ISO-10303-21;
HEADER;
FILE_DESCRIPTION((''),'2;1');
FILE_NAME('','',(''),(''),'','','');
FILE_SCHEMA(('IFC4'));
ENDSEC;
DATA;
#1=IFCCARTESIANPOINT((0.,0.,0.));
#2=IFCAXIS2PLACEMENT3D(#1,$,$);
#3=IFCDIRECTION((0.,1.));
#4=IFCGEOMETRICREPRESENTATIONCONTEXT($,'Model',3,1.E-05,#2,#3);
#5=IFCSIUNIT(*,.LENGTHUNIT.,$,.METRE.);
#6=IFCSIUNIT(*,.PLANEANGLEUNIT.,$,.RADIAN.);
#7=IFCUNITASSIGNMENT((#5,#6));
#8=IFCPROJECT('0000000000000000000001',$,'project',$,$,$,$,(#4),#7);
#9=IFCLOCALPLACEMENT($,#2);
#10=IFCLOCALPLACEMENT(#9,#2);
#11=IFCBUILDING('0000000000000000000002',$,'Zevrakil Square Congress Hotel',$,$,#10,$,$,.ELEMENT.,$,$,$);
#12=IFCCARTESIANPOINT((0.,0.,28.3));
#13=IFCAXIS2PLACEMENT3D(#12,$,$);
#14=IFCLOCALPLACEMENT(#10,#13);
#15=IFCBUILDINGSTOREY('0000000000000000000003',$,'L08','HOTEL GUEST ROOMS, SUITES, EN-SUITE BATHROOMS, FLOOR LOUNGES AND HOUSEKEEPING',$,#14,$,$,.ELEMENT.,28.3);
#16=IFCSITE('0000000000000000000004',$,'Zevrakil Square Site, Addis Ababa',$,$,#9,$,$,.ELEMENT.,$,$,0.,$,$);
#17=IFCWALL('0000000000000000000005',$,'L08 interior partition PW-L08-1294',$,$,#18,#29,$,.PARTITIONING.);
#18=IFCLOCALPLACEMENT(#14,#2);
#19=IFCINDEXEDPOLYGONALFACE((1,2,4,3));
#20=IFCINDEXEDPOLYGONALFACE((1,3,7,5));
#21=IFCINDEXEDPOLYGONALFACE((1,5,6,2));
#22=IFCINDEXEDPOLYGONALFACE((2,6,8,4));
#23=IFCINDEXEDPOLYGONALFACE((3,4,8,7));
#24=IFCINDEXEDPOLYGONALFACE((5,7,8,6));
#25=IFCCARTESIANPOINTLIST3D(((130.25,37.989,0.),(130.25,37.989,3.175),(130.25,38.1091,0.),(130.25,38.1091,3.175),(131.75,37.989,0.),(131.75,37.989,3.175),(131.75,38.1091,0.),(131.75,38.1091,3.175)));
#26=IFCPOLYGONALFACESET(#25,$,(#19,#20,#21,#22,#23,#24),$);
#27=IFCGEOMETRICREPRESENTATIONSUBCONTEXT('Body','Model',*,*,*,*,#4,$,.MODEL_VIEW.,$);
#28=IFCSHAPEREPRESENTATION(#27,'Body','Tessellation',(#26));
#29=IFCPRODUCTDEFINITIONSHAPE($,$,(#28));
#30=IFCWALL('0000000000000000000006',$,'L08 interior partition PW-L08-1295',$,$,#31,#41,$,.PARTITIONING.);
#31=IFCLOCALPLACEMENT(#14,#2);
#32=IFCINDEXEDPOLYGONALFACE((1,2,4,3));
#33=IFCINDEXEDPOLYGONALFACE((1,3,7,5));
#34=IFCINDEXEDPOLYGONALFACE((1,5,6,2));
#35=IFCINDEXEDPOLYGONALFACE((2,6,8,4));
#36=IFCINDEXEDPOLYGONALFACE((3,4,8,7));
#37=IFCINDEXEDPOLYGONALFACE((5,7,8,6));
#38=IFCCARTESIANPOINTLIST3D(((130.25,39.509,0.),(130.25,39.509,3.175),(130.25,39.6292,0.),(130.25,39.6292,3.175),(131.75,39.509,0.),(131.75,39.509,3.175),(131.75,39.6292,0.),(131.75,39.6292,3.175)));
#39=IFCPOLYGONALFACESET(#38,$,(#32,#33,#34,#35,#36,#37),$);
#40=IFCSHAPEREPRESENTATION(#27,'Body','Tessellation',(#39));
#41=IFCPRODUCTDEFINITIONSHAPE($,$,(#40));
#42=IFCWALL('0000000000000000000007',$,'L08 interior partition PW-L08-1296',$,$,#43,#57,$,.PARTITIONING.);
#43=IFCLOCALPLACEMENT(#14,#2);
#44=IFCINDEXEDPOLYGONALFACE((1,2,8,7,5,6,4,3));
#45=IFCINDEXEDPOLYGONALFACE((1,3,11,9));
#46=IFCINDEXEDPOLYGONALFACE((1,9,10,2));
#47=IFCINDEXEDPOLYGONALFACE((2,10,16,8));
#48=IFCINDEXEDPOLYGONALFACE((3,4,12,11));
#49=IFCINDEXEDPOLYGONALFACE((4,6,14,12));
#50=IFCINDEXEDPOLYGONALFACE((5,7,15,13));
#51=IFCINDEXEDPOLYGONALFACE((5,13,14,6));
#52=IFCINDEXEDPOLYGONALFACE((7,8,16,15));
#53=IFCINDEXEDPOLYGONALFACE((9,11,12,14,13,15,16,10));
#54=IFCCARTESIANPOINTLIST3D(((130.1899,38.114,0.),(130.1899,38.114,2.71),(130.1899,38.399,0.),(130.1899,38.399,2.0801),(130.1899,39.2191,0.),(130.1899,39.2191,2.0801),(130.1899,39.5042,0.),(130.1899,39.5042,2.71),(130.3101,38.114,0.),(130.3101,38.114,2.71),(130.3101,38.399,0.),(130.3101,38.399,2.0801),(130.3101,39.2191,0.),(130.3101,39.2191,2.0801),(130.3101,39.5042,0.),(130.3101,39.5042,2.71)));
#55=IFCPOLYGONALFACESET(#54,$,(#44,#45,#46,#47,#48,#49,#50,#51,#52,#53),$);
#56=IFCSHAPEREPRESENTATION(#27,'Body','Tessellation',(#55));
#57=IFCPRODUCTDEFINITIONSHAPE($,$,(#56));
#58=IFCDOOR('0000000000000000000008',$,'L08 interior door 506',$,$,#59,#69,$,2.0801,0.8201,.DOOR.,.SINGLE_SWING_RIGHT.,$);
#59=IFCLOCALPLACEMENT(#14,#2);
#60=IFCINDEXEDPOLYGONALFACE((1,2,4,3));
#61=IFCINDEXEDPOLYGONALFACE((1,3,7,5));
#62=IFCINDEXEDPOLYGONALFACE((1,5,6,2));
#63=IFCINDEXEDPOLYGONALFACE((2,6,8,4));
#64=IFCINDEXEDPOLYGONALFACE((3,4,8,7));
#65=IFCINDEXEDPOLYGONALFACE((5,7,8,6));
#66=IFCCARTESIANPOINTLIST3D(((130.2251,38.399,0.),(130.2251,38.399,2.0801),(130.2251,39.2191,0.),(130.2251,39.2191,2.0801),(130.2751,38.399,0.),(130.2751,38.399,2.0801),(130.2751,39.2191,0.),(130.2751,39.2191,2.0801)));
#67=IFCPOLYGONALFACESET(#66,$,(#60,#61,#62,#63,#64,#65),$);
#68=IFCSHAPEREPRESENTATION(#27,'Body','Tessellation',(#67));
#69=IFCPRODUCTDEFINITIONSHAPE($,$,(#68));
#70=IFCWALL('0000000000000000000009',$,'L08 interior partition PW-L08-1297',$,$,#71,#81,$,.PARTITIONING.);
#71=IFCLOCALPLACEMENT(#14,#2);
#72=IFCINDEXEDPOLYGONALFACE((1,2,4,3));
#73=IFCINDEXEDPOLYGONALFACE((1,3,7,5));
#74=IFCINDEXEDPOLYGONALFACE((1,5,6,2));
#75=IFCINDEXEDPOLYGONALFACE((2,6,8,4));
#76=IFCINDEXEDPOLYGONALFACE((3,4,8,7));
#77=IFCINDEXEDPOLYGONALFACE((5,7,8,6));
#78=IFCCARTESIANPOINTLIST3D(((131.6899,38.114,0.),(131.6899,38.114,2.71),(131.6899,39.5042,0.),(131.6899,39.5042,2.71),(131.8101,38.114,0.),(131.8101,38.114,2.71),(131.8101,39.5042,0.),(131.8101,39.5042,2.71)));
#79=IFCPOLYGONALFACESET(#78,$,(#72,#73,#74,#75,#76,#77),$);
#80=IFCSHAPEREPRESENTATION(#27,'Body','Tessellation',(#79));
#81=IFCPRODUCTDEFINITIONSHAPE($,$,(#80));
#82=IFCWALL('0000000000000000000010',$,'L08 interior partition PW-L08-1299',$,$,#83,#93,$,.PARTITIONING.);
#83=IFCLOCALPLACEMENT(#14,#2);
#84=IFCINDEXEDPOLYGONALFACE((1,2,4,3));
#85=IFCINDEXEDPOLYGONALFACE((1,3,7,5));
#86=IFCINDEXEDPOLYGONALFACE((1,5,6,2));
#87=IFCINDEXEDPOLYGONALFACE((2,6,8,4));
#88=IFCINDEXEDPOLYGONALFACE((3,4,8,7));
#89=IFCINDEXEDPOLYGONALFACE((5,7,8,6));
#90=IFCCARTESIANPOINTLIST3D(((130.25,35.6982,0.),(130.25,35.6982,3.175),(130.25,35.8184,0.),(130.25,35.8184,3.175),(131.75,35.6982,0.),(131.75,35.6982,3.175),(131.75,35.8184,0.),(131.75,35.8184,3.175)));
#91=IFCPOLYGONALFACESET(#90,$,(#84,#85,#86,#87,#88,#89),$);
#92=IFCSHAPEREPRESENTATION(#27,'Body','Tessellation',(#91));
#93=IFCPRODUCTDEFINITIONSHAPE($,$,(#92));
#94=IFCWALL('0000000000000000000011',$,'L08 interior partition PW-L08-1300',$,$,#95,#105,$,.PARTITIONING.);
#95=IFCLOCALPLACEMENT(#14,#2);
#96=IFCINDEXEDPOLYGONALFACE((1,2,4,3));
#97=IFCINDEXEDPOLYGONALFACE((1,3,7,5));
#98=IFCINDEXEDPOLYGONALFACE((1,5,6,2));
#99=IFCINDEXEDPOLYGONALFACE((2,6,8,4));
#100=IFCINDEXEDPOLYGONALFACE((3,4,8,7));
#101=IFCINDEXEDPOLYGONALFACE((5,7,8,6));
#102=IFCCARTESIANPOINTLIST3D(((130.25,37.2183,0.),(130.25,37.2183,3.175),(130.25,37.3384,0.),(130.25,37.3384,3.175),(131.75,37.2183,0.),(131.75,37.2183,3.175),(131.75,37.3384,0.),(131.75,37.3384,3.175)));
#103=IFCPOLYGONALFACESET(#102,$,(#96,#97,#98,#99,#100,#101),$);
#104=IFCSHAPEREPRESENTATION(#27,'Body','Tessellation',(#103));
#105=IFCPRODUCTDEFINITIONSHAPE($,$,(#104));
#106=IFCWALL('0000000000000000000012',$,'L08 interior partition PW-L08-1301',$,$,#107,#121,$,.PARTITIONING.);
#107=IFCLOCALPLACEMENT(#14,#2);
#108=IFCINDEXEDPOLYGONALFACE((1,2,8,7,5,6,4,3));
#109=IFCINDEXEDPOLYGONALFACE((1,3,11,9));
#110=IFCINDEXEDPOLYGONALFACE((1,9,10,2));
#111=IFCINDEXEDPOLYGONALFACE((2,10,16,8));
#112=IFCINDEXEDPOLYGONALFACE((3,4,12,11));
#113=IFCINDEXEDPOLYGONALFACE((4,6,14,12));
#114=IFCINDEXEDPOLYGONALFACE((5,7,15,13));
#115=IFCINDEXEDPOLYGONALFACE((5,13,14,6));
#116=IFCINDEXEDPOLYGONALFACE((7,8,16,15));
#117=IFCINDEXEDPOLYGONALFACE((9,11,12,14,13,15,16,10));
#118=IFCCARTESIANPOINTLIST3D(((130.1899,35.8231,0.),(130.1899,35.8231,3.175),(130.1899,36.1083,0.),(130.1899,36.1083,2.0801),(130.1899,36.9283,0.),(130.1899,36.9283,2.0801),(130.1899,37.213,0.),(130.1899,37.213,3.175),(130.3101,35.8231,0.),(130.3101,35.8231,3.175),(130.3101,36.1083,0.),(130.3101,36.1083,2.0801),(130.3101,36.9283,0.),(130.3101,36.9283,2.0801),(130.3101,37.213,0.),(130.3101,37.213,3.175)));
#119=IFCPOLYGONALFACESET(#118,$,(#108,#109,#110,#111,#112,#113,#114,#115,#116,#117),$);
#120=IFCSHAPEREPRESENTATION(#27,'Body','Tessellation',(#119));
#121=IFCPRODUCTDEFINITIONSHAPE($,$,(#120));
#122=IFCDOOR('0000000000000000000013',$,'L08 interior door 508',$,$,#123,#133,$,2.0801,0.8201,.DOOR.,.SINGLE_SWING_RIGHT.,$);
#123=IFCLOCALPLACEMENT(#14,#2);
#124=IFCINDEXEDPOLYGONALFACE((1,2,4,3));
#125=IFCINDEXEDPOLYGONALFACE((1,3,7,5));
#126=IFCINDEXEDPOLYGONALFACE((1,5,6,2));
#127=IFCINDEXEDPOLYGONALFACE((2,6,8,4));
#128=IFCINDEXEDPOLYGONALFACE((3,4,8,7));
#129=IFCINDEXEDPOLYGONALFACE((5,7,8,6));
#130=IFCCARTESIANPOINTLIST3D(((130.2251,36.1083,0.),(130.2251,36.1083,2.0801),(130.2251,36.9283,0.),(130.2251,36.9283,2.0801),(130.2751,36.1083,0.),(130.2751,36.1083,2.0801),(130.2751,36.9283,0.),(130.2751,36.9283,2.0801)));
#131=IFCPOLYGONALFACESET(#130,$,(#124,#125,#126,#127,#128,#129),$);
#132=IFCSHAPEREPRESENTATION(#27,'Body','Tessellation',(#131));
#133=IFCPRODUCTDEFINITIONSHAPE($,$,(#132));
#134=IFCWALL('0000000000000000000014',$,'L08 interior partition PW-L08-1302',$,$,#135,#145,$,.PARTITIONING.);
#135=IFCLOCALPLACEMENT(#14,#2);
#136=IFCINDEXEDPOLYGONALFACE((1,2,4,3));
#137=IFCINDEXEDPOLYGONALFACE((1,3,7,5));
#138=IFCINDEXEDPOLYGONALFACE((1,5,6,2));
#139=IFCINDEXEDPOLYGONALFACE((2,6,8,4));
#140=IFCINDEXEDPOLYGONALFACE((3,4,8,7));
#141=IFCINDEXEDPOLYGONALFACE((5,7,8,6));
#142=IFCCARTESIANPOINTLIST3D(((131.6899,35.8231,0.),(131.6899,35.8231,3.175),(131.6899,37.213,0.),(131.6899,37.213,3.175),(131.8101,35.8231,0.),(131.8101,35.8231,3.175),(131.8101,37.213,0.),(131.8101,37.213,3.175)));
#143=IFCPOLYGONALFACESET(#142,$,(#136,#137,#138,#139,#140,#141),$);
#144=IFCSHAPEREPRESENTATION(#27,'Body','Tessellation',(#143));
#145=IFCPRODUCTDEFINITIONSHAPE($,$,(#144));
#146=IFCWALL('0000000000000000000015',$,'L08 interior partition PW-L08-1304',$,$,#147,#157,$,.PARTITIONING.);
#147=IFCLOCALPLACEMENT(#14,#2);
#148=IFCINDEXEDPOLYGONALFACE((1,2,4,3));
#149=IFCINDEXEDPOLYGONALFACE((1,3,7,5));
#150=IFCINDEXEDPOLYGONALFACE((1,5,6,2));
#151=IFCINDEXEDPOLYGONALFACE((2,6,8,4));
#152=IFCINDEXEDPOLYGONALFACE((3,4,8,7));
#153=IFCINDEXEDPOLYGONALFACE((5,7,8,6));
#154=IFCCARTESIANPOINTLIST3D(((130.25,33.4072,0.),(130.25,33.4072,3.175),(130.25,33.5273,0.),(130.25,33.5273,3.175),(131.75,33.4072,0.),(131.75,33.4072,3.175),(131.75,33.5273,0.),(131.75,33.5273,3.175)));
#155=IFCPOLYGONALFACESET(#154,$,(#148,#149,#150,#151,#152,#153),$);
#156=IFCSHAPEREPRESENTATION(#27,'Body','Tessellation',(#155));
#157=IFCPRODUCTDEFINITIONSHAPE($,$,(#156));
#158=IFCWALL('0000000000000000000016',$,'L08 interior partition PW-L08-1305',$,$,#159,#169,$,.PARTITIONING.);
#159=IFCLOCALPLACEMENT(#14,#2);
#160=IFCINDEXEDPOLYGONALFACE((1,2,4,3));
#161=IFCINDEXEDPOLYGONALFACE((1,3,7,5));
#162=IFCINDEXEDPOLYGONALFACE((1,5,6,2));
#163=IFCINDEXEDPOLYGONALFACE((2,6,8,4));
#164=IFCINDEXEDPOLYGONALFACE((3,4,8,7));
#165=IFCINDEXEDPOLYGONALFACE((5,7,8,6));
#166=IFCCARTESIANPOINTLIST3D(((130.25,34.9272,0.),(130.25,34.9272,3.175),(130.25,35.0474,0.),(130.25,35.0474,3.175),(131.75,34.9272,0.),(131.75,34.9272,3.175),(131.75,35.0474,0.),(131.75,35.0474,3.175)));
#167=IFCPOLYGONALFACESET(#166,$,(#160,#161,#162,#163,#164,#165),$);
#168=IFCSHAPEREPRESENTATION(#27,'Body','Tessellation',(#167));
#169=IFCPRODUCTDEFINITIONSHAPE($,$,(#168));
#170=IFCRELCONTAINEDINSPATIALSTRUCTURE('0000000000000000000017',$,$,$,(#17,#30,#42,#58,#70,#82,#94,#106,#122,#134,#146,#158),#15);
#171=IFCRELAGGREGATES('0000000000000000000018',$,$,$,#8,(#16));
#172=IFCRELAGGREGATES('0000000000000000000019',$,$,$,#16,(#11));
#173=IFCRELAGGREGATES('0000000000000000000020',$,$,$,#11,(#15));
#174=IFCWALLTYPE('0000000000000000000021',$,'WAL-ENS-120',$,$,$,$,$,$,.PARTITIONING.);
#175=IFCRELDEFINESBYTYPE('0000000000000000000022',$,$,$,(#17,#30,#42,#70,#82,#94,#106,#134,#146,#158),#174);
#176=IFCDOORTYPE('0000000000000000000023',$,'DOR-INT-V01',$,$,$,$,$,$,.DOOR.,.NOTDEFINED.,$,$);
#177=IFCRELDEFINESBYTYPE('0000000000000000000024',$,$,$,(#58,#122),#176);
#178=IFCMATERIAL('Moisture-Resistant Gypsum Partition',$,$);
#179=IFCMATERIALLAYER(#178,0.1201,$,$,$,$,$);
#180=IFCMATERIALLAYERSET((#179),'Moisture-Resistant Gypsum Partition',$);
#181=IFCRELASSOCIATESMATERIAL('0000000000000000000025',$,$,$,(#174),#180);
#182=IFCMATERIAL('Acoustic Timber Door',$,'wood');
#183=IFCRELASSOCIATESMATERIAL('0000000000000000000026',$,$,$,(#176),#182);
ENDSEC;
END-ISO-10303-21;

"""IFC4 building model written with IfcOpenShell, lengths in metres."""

from ifc_helpers import new_model, si_unit, direction, frame, frame_2d, origin, place, context, subcontext, project, spatial, rectangle, extrude, material, layer, layer_set, type_object, element, fill, save


model = new_model("IFC4")

# Units and contexts
model_context = context("Model", 3, precision=1e-05, world=origin(), true_north=direction((0.0, 1.0)))
body_context = subcontext(model_context, "Body", "Model", "MODEL_VIEW")
ifc_project = project(units=[si_unit("LENGTHUNIT", "METRE"), si_unit("PLANEANGLEUNIT", "RADIAN")], contexts=[model_context])

# Site, building, storey
site_placement = place(None, origin())
site = spatial("IfcSite", under=ifc_project, at=site_placement, Name="Zevrakil Square Site, Addis Ababa", CompositionType="ELEMENT", RefElevation=0.0)
building_placement = place(site_placement, origin())
building = spatial("IfcBuilding", under=site, at=building_placement, Name="Zevrakil Square Congress Hotel", CompositionType="ELEMENT")
storey_placement = place(building_placement, frame((0.0, 0.0, 28.3)))
storey = spatial("IfcBuildingStorey", under=building, at=storey_placement, Name="L08", Description="HOTEL GUEST ROOMS, SUITES, EN-SUITE BATHROOMS, FLOOR LOUNGES AND HOUSEKEEPING", CompositionType="ELEMENT", Elevation=28.3)

# Walls
ifc_material_1 = material(Name="Moisture-Resistant Gypsum Partition")
ifc_layer = layer(ifc_material_1, 0.1201)
ifc_layer_set = layer_set([ifc_layer], Name="Moisture-Resistant Gypsum Partition")
wall_type = type_object("IfcWallType", Name="WAL-ENS-120", PredefinedType="PARTITIONING", material=ifc_layer_set)
for number, where, z_axis, x_axis, name in (
    (1, (130.25, 38.0491, 0.0), (0.0, 0.0, 1.0), (1.0, 0.0, 0.0), "L08 interior partition PW-L08-1294"),
    (2, (130.25, 39.5691, 0.0), (0.0, 0.0, 1.0), (1.0, 0.0, 0.0), "L08 interior partition PW-L08-1295"),
):
    element("IfcWall", number, at=place(storey_placement, frame(where, z_axis=z_axis, x_axis=x_axis)), inside=storey, type_object=wall_type, Name=name, PredefinedType="PARTITIONING", context=body_context, shape_type="SweptSolid", body=[
        extrude(rectangle(XDim=1.5, YDim=0.1201, at=frame_2d((0.75, 0.0))), origin(), (0.0, 0.0, 1.0), 3.175),
    ])

# Wall, opening, door
wall_1_placement = place(storey_placement, frame((130.25, 38.114, 0.0), z_axis=(0.0, 0.0, 1.0), x_axis=(0.0, 1.0, 0.0)))
wall_1 = element("IfcWall", 3, at=wall_1_placement, inside=storey, type_object=wall_type, Name="L08 interior partition PW-L08-1296", PredefinedType="PARTITIONING", context=body_context, shape_type="SweptSolid", body=[
    extrude(rectangle(XDim=1.3901, YDim=0.1201, at=frame_2d((0.6951, 0.0))), origin(), (0.0, 0.0, 1.0), 2.71),
])
opening_1_placement = place(wall_1_placement, frame((0.2849, 0.0, 0.0)))
opening_1 = element("IfcOpeningElement", 4, at=opening_1_placement, cuts=wall_1, PredefinedType="OPENING", context=body_context, shape_type="SweptSolid", body=[
    extrude(rectangle(XDim=0.8201, YDim=2.0801, at=frame_2d((0.4102, 1.04))), frame((0.0, 0.0701, 0.0), z_axis=(0.0, -1.0, 0.0), x_axis=(1.0, 0.0, 0.0)), (0.0, 0.0, 1.0), 0.1401),
])
ifc_material_2 = material(Name="Acoustic Timber Door", Category="wood")
door_type = type_object("IfcDoorType", Name="DOR-INT-V01", OperationType="NOTDEFINED", PredefinedType="DOOR", material=ifc_material_2)
door_1_placement = place(opening_1_placement, origin())
door_1 = element("IfcDoor", 5, at=door_1_placement, inside=storey, type_object=door_type, Name="L08 interior door 506", OperationType="SINGLE_SWING_RIGHT", OverallHeight=2.0801, OverallWidth=0.8201, PredefinedType="DOOR", context=body_context, shape_type="SweptSolid", body=[
    extrude(rectangle(XDim=0.8201, YDim=2.0801, at=frame_2d((0.4102, 1.04))), frame((0.0, 0.0249, 0.0), z_axis=(0.0, -1.0, 0.0), x_axis=(1.0, 0.0, 0.0)), (0.0, 0.0, 1.0), 0.05),
])
fill(opening_1, door_1)

# Walls
wall_2_placement = place(storey_placement, frame((131.75, 38.114, 0.0), z_axis=(0.0, 0.0, 1.0), x_axis=(0.0, 1.0, 0.0)))
element("IfcWall", 6, at=wall_2_placement, inside=storey, type_object=wall_type, Name="L08 interior partition PW-L08-1297", PredefinedType="PARTITIONING", context=body_context, shape_type="SweptSolid", body=[
    extrude(rectangle(XDim=1.3901, YDim=0.1201, at=frame_2d((0.6951, 0.0))), origin(), (0.0, 0.0, 1.0), 2.71),
])
for number, where, z_axis, x_axis, name in (
    (7, (130.25, 35.7583, 0.0), (0.0, 0.0, 1.0), (1.0, 0.0, 0.0), "L08 interior partition PW-L08-1299"),
    (8, (130.25, 37.2783, 0.0), (0.0, 0.0, 1.0), (1.0, 0.0, 0.0), "L08 interior partition PW-L08-1300"),
):
    element("IfcWall", number, at=place(storey_placement, frame(where, z_axis=z_axis, x_axis=x_axis)), inside=storey, type_object=wall_type, Name=name, PredefinedType="PARTITIONING", context=body_context, shape_type="SweptSolid", body=[
        extrude(rectangle(XDim=1.5, YDim=0.1201, at=frame_2d((0.75, 0.0))), origin(), (0.0, 0.0, 1.0), 3.175),
    ])

# Wall, opening, door
wall_3_placement = place(storey_placement, frame((130.25, 35.8232, 0.0), z_axis=(0.0, 0.0, 1.0), x_axis=(0.0, 1.0, 0.0)))
wall_3 = element("IfcWall", 9, at=wall_3_placement, inside=storey, type_object=wall_type, Name="L08 interior partition PW-L08-1301", PredefinedType="PARTITIONING", context=body_context, shape_type="SweptSolid", body=[
    extrude(rectangle(XDim=1.3899, YDim=0.1201, at=frame_2d((0.6948, 0.0))), origin(), (0.0, 0.0, 1.0), 3.175),
])
opening_2_placement = place(wall_3_placement, frame((0.2849, 0.0, 0.0)))
opening_2 = element("IfcOpeningElement", 10, at=opening_2_placement, cuts=wall_3, PredefinedType="OPENING", context=body_context, shape_type="SweptSolid", body=[
    extrude(rectangle(XDim=0.8201, YDim=2.0801, at=frame_2d((0.4102, 1.04))), frame((0.0, 0.0701, 0.0), z_axis=(0.0, -1.0, 0.0), x_axis=(1.0, 0.0, 0.0)), (0.0, 0.0, 1.0), 0.1401),
])
door_2_placement = place(opening_2_placement, origin())
door_2 = element("IfcDoor", 11, at=door_2_placement, inside=storey, type_object=door_type, Name="L08 interior door 508", OperationType="SINGLE_SWING_RIGHT", OverallHeight=2.0801, OverallWidth=0.8201, PredefinedType="DOOR", context=body_context, shape_type="SweptSolid", body=[
    extrude(rectangle(XDim=0.8201, YDim=2.0801, at=frame_2d((0.4102, 1.04))), frame((0.0, 0.0249, 0.0), z_axis=(0.0, -1.0, 0.0), x_axis=(1.0, 0.0, 0.0)), (0.0, 0.0, 1.0), 0.05),
])
fill(opening_2, door_2)

# Walls
wall_4_placement = place(storey_placement, frame((131.75, 35.8232, 0.0), z_axis=(0.0, 0.0, 1.0), x_axis=(0.0, 1.0, 0.0)))
element("IfcWall", 12, at=wall_4_placement, inside=storey, type_object=wall_type, Name="L08 interior partition PW-L08-1302", PredefinedType="PARTITIONING", context=body_context, shape_type="SweptSolid", body=[
    extrude(rectangle(XDim=1.3899, YDim=0.1201, at=frame_2d((0.6948, 0.0))), origin(), (0.0, 0.0, 1.0), 3.175),
])
for number, where, z_axis, x_axis, name in (
    (13, (130.25, 33.4673, 0.0), (0.0, 0.0, 1.0), (1.0, 0.0, 0.0), "L08 interior partition PW-L08-1304"),
    (14, (130.25, 34.9873, 0.0), (0.0, 0.0, 1.0), (1.0, 0.0, 0.0), "L08 interior partition PW-L08-1305"),
):
    element("IfcWall", number, at=place(storey_placement, frame(where, z_axis=z_axis, x_axis=x_axis)), inside=storey, type_object=wall_type, Name=name, PredefinedType="PARTITIONING", context=body_context, shape_type="SweptSolid", body=[
        extrude(rectangle(XDim=1.5, YDim=0.1201, at=frame_2d((0.75, 0.0))), origin(), (0.0, 0.0, 1.0), 3.175),
    ])

save(model, "model.ifc")
